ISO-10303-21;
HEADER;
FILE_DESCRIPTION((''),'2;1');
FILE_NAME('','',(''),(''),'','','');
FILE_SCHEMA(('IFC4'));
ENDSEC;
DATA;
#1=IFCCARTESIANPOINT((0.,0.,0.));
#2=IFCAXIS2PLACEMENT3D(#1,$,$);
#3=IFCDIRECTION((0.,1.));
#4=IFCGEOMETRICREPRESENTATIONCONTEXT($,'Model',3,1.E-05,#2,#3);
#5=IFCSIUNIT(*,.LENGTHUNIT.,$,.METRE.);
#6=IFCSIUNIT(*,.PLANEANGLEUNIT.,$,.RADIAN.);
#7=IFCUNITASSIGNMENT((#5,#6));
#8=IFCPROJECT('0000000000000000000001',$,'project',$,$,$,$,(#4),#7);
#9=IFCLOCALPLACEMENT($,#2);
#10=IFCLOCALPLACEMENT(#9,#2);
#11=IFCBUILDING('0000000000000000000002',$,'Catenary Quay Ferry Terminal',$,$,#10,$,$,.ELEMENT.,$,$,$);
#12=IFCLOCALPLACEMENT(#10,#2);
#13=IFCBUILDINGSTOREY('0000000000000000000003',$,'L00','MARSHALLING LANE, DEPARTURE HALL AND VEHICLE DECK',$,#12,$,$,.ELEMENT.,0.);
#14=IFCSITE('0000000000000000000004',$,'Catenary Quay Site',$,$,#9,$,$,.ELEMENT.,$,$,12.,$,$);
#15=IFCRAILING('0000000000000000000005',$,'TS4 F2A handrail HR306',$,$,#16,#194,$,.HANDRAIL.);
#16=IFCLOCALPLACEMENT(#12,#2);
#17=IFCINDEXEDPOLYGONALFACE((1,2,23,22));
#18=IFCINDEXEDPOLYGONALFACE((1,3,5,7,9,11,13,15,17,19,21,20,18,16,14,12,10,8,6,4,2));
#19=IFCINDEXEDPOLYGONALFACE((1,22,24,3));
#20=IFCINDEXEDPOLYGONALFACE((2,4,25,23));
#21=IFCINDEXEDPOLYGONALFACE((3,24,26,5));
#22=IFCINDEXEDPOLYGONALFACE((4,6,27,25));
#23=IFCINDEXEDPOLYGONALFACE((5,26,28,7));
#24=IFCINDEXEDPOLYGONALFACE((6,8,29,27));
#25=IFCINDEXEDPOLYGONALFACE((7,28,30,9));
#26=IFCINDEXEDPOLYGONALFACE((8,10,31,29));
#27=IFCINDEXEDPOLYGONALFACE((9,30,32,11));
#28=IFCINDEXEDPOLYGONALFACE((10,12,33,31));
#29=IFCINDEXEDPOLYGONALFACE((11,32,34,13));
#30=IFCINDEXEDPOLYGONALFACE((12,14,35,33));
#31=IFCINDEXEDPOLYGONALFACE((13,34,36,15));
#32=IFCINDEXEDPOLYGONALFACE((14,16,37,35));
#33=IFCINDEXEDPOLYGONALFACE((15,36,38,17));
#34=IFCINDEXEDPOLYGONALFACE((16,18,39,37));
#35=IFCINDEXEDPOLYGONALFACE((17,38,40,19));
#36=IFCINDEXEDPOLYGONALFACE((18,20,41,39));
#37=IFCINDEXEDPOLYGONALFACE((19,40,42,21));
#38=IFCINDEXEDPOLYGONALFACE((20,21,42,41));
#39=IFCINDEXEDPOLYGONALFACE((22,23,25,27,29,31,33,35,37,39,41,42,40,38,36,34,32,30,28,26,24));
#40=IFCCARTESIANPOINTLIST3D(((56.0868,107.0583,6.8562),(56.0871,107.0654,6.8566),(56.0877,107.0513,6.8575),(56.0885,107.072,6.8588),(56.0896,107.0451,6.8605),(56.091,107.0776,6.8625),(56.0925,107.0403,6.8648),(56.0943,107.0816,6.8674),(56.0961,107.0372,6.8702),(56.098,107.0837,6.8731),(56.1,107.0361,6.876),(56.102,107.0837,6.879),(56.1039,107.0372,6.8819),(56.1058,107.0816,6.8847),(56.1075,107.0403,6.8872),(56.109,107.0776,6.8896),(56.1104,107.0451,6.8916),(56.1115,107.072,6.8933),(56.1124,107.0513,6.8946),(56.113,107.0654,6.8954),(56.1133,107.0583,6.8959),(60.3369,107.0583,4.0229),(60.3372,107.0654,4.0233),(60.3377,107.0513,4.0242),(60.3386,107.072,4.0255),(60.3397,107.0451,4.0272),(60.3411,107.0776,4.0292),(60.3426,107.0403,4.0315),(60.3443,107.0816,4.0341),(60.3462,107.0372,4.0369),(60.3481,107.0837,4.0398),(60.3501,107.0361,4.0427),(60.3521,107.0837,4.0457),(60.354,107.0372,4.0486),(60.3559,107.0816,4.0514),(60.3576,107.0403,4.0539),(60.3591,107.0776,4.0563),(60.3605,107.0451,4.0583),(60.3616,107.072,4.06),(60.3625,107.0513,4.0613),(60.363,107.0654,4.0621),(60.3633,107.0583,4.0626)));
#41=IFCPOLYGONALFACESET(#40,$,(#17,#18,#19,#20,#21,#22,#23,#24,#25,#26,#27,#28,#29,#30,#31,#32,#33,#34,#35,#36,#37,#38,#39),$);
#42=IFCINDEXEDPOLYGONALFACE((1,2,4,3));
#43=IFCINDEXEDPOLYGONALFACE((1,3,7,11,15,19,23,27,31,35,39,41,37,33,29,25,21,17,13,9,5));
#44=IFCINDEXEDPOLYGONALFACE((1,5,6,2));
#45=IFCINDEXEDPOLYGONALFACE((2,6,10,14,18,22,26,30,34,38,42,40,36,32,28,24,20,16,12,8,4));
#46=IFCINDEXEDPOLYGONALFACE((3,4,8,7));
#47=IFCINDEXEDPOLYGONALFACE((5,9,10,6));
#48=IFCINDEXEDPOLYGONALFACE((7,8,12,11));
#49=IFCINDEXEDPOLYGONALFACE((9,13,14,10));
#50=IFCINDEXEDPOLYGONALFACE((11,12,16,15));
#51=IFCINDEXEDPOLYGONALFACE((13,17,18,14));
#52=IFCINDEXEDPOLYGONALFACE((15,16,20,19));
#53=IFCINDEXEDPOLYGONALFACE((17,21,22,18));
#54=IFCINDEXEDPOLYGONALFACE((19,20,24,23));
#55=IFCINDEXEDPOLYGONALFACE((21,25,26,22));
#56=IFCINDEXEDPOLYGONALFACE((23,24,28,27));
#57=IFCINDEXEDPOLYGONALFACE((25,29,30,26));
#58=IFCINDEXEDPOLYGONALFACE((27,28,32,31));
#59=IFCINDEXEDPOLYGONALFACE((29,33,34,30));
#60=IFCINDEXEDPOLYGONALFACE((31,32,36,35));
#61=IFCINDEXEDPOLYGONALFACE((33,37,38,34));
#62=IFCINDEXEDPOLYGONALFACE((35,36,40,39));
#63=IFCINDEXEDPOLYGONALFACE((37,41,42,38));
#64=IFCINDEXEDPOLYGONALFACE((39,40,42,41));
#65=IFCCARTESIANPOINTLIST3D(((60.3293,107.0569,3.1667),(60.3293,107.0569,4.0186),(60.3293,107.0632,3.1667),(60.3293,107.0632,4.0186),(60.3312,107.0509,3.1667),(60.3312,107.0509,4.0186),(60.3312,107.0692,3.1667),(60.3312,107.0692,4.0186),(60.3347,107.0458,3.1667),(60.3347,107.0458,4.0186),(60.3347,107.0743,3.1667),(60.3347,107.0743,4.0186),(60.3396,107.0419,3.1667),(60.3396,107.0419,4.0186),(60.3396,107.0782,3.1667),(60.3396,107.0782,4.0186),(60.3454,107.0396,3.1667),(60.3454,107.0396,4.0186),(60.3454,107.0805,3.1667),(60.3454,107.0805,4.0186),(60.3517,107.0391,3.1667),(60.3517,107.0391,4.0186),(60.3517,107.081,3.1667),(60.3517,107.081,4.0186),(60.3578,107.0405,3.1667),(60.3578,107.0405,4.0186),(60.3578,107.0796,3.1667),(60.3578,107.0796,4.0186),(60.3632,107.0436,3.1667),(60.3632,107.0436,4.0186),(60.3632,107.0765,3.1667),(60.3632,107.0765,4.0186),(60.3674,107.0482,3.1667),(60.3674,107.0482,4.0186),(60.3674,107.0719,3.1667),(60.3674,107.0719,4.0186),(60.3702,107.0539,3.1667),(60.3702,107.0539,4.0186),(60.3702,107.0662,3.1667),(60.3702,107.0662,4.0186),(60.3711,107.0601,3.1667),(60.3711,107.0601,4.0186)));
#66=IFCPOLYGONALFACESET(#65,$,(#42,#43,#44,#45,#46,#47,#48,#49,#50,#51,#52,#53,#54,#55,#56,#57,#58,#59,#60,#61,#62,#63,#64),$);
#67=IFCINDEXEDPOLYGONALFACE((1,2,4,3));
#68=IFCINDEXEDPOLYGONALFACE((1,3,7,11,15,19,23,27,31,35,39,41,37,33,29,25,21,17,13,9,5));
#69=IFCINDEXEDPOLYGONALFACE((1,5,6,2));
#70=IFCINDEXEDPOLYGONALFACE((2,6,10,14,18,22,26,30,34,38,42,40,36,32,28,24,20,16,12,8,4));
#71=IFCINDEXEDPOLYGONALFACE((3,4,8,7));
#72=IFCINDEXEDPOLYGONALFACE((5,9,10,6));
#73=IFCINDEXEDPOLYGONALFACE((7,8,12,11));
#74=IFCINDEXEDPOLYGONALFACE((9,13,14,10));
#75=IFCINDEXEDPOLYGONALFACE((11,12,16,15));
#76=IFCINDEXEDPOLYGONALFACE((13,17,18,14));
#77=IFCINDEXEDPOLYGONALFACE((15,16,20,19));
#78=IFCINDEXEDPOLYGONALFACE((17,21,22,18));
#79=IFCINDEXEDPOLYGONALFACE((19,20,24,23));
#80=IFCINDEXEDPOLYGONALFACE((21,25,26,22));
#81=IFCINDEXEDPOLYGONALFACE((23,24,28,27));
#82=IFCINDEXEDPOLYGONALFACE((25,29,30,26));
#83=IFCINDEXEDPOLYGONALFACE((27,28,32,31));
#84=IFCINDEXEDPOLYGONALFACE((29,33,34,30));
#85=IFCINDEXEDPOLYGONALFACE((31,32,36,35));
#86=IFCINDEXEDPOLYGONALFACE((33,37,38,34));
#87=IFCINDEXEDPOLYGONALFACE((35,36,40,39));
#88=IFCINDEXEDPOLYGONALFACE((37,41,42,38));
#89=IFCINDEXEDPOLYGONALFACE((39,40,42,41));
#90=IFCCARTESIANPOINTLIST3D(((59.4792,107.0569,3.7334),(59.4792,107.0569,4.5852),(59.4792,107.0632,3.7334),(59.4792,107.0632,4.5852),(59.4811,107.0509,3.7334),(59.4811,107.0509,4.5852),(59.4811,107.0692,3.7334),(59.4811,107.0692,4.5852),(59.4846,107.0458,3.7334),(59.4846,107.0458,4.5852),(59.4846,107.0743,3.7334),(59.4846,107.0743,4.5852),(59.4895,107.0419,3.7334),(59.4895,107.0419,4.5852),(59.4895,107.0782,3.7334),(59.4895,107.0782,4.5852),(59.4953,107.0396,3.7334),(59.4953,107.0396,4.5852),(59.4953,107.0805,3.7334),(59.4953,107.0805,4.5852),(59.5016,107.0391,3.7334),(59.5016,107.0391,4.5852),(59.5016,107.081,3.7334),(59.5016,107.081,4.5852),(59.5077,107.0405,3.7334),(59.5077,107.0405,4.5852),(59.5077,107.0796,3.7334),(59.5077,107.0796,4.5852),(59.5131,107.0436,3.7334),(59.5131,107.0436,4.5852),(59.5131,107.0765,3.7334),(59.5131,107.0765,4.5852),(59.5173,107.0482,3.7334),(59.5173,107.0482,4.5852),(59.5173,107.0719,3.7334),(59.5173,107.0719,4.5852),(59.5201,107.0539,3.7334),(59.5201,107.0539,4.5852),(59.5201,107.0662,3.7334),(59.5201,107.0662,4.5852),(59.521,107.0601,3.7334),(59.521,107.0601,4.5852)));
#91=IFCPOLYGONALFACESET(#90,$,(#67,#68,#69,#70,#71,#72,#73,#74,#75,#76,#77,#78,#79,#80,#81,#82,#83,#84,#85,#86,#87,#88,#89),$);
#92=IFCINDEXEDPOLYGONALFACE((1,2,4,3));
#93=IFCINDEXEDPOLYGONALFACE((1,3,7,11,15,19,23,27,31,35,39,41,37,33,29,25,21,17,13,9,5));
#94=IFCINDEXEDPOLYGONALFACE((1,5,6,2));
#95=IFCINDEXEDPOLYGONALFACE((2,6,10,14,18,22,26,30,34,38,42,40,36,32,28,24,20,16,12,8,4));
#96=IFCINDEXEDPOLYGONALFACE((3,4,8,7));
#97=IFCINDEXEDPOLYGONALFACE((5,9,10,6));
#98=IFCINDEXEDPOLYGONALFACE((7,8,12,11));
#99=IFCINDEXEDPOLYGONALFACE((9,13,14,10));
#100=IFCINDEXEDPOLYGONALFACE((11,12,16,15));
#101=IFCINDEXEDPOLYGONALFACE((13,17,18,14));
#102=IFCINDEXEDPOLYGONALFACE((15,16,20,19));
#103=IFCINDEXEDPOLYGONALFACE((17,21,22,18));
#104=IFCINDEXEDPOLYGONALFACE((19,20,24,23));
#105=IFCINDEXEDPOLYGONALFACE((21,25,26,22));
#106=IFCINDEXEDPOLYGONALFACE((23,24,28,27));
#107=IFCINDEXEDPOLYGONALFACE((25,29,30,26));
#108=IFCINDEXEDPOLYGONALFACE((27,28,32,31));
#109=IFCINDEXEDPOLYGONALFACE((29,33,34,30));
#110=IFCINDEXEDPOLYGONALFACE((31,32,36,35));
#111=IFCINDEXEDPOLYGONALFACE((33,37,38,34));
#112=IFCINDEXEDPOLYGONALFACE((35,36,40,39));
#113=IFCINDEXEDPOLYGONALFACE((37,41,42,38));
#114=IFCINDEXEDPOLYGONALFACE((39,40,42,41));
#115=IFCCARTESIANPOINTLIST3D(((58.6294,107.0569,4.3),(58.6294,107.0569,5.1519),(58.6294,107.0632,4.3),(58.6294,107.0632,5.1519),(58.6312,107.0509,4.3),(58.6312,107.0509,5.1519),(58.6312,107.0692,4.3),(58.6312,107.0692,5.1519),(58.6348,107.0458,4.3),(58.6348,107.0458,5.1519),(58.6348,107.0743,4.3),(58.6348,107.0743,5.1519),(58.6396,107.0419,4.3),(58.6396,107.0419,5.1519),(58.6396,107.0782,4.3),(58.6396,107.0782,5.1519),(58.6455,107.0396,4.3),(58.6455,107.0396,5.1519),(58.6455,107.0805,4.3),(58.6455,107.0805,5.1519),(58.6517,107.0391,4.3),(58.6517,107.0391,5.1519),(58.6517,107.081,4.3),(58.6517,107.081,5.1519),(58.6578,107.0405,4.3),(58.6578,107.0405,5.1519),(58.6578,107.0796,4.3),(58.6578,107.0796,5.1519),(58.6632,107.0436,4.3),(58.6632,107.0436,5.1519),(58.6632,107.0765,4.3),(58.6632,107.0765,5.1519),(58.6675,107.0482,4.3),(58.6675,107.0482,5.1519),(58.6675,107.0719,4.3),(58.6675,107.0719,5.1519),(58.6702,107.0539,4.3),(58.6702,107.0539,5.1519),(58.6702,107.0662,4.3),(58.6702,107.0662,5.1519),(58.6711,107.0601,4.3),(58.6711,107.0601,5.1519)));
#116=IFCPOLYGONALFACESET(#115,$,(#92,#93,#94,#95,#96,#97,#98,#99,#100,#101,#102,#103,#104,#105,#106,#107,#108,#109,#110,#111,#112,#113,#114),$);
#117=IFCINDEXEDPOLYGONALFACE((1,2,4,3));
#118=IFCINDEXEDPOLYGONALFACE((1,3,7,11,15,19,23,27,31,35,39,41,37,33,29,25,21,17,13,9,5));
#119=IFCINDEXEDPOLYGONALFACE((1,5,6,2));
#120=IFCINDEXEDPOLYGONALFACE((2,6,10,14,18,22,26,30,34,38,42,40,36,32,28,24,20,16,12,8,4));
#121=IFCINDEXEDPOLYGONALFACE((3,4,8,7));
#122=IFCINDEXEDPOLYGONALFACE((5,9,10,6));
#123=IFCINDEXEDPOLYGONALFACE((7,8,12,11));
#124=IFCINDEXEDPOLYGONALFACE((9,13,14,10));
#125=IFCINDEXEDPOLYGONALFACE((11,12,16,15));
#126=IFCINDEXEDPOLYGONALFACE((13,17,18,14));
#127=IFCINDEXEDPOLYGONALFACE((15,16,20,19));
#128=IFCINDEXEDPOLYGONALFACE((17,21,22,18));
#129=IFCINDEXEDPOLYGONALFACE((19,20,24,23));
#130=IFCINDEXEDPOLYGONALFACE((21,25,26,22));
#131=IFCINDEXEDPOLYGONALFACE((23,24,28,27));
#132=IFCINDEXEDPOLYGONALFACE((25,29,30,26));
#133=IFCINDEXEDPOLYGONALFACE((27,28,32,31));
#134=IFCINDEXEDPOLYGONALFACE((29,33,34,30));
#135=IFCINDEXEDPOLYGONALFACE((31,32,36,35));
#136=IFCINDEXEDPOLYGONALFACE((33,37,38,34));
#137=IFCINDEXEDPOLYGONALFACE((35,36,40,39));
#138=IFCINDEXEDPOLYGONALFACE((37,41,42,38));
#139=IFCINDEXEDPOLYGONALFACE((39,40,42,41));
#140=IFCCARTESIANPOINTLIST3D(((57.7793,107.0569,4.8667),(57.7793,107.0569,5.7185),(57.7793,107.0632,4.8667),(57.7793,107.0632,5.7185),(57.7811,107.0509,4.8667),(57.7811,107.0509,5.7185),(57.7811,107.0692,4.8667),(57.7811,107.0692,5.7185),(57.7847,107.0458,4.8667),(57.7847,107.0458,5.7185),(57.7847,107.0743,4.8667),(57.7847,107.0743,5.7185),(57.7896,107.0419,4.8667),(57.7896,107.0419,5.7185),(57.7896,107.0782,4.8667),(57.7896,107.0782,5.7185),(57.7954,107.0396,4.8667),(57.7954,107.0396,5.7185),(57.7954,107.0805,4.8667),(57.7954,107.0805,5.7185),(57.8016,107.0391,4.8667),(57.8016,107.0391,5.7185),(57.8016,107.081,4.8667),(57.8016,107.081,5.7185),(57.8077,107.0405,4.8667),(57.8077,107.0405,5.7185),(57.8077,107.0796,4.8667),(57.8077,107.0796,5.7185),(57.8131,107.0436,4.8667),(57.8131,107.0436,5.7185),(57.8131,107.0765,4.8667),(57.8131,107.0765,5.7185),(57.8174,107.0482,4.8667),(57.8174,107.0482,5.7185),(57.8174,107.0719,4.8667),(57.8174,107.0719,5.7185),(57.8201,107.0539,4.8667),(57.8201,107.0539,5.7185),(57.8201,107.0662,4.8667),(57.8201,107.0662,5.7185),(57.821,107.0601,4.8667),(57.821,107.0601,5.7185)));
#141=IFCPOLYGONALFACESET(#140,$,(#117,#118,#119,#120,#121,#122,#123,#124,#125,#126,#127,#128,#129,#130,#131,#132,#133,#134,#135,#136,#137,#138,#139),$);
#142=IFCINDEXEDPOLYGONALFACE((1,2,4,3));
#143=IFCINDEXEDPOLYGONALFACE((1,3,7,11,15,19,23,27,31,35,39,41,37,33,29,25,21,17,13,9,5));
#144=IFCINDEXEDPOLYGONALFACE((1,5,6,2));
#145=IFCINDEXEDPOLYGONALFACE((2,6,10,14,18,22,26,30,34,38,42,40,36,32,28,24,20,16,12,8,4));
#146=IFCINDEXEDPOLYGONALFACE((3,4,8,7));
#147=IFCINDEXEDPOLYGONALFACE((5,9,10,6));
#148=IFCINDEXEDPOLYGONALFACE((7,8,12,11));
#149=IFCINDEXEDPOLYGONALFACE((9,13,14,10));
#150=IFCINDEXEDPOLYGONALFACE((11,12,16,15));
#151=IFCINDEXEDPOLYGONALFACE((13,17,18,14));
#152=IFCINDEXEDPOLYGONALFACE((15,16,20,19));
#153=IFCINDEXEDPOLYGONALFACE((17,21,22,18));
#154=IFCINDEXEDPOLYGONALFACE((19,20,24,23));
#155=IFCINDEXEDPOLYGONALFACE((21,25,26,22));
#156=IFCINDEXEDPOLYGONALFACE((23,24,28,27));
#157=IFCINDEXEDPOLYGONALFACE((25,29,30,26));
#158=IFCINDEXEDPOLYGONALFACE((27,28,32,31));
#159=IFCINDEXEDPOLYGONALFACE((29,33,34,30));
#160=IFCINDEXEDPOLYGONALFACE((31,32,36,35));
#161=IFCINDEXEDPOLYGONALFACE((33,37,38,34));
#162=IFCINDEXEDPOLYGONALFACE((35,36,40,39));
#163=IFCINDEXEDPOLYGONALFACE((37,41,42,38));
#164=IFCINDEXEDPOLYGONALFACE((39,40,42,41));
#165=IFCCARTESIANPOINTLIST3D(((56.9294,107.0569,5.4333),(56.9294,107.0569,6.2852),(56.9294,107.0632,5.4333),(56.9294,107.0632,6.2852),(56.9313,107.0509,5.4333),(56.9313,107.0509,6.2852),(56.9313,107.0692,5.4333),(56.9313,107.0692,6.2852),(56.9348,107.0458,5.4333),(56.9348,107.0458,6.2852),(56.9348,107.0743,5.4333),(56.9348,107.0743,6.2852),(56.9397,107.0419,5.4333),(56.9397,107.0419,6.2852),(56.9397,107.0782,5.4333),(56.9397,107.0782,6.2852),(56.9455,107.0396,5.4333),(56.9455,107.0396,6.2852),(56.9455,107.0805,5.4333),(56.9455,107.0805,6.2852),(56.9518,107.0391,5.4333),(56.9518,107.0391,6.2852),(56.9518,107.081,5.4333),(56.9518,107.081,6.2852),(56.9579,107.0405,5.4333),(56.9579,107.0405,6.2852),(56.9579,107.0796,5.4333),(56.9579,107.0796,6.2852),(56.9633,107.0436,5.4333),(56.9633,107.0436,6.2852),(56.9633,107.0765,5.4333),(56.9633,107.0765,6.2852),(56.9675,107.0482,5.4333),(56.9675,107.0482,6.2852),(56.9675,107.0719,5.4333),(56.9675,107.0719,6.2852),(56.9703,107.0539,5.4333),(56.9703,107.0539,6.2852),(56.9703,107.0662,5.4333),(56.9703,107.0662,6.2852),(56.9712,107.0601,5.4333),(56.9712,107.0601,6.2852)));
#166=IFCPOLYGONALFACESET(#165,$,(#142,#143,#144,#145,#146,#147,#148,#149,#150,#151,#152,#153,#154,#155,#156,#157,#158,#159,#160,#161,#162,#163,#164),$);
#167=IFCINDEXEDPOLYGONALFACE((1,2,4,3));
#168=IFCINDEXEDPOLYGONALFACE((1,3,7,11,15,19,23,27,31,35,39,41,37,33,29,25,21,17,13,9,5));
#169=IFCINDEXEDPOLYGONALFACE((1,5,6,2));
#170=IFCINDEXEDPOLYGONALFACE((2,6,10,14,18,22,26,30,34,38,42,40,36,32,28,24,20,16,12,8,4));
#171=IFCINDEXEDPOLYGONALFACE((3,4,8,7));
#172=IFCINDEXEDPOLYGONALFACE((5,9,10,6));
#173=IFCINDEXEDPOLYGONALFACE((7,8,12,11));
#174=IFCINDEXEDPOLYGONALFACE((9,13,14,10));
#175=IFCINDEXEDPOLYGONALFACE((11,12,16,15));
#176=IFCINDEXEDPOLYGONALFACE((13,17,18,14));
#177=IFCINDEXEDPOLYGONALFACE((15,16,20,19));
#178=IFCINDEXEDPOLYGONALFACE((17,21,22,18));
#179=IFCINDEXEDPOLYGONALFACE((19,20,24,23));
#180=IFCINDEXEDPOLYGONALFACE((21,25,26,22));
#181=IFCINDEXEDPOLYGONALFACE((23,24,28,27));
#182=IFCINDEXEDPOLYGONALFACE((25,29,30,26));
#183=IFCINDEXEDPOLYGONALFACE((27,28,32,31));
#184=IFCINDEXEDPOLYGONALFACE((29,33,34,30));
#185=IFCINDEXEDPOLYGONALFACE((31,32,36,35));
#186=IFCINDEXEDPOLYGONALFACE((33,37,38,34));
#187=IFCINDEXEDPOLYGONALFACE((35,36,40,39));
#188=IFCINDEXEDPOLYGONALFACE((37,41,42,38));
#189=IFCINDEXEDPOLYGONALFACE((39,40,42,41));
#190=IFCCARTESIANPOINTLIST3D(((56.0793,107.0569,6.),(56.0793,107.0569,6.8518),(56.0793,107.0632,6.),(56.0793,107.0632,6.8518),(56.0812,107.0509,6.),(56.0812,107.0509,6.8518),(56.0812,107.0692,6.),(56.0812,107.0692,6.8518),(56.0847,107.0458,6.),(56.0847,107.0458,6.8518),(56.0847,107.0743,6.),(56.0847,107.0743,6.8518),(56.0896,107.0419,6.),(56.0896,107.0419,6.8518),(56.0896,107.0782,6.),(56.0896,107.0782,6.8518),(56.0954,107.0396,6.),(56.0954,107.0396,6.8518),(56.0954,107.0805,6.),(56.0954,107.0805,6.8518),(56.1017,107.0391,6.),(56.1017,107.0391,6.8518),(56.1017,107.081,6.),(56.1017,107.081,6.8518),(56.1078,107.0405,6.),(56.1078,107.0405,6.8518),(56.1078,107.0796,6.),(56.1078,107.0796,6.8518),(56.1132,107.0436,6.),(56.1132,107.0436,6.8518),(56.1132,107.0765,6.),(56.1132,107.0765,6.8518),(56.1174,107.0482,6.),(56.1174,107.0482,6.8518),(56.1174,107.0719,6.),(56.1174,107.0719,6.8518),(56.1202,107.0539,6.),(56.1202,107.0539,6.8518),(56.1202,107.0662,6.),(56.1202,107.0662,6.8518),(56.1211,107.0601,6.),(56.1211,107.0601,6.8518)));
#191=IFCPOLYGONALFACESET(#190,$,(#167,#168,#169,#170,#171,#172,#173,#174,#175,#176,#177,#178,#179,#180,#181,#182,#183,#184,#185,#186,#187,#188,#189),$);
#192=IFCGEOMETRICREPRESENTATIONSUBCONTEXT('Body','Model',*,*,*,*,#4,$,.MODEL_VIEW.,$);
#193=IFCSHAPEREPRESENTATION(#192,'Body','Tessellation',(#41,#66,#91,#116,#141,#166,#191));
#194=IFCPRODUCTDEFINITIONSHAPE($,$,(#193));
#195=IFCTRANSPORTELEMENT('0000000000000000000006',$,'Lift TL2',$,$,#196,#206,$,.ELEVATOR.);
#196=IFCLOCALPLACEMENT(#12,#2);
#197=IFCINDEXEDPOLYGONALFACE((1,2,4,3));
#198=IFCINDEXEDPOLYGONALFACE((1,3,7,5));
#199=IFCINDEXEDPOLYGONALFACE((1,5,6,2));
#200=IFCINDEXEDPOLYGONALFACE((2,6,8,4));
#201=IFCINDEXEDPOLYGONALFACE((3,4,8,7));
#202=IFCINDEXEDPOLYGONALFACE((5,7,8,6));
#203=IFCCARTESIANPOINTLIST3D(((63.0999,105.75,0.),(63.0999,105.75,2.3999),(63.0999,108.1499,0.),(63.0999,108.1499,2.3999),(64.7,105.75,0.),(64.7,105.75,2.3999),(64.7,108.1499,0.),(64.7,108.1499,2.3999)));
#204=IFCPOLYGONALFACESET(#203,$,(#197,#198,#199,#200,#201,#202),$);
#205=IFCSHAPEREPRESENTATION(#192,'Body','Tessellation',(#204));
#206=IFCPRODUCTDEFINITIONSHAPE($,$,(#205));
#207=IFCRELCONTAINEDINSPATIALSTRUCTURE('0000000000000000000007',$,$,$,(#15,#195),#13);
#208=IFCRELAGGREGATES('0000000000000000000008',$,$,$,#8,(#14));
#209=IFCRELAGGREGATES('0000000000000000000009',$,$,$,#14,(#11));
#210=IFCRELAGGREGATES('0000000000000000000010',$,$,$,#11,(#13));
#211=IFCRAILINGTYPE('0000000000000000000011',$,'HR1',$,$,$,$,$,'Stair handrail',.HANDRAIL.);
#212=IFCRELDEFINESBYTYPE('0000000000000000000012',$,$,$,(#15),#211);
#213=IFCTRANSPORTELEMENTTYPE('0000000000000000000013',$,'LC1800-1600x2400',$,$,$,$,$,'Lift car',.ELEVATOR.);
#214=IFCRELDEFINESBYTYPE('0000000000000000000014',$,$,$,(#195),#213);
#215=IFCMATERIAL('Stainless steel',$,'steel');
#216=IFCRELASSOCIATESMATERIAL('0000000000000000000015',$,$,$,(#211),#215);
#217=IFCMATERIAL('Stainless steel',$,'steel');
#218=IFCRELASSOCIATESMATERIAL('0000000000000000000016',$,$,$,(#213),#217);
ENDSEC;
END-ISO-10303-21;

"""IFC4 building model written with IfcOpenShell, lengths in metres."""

from ifc_helpers import new_model, si_unit, direction, frame, origin, origin_2d, place, context, subcontext, project, spatial, rectangle, circle, extrude, material, type_object, element, save


model = new_model("IFC4")

# Units and contexts
model_context = context("Model", 3, precision=1e-05, world=origin(), true_north=direction((0.0, 1.0)))
body_context = subcontext(model_context, "Body", "Model", "MODEL_VIEW")
ifc_project = project(units=[si_unit("LENGTHUNIT", "METRE"), si_unit("PLANEANGLEUNIT", "RADIAN")], contexts=[model_context])

# Site, building, storey
site_placement = place(None, origin())
site = spatial("IfcSite", under=ifc_project, at=site_placement, Name="Catenary Quay Site", CompositionType="ELEMENT", RefElevation=12.0)
building_placement = place(site_placement, origin())
building = spatial("IfcBuilding", under=site, at=building_placement, Name="Catenary Quay Ferry Terminal", CompositionType="ELEMENT")
storey_placement = place(building_placement, origin())
storey = spatial("IfcBuildingStorey", under=building, at=storey_placement, Name="L00", Description="MARSHALLING LANE, DEPARTURE HALL AND VEHICLE DECK", CompositionType="ELEMENT", Elevation=0.0)

# Railing
ifc_material_1 = material(Name="Stainless steel", Category="steel")
railing_type_1 = type_object("IfcRailingType", Name="HR1", ElementType="Stair handrail", PredefinedType="HANDRAIL", material=ifc_material_1)
railing_1_placement = place(storey_placement, frame((60.3501, 107.0601, 3.1667)))
element("IfcRailing", 1, at=railing_1_placement, inside=storey, type_object=railing_type_1, Name="TS4 F2A handrail HR306", PredefinedType="HANDRAIL", context=body_context, shape_type="SweptSolid", body=[
    extrude(circle(Radius=0.0239, at=origin_2d()), frame((0.0, 0.0, 0.876), z_axis=(-0.832058, 0.0, 0.554689), x_axis=(0.0, -1.0, 0.0)), (0.0, 0.0, 1.0), 5.1079),
    extrude(circle(Radius=0.021, at=origin_2d()), origin(), (0.0, 0.0, 1.0), 0.8518),
    extrude(circle(Radius=0.021, at=origin_2d()), frame((-0.8501, 0.0, 0.5667)), (0.0, 0.0, 1.0), 0.8518),
    extrude(circle(Radius=0.021, at=origin_2d()), frame((-1.7, 0.0, 1.1333)), (0.0, 0.0, 1.0), 0.8518),
    extrude(circle(Radius=0.021, at=origin_2d()), frame((-2.55, 0.0, 1.7)), (0.0, 0.0, 1.0), 0.8518),
    extrude(circle(Radius=0.021, at=origin_2d()), frame((-3.3999, 0.0, 2.2666)), (0.0, 0.0, 1.0), 0.8518),
    extrude(circle(Radius=0.021, at=origin_2d()), frame((-4.25, 0.0, 2.8333)), (0.0, 0.0, 1.0), 0.8518),
])

# Transport element
ifc_material_2 = material(Name="Stainless steel", Category="steel")
transport_element_type = type_object("IfcTransportElementType", Name="LC1800-1600x2400", ElementType="Lift car", PredefinedType="ELEVATOR", material=ifc_material_2)
transport_element_placement = place(storey_placement, frame((63.8999, 106.95, 0.0), z_axis=(0.0, 0.0, 1.0), x_axis=(1.0, 0.0, 0.0)))
element("IfcTransportElement", 2, at=transport_element_placement, inside=storey, type_object=transport_element_type, Name="Lift TL2", PredefinedType="ELEVATOR", context=body_context, shape_type="SweptSolid", body=[
    extrude(rectangle(XDim=1.6001, YDim=2.3999, at=origin_2d()), origin(), (0.0, 0.0, 1.0), 2.3999),
])

save(model, "model.ifc")
